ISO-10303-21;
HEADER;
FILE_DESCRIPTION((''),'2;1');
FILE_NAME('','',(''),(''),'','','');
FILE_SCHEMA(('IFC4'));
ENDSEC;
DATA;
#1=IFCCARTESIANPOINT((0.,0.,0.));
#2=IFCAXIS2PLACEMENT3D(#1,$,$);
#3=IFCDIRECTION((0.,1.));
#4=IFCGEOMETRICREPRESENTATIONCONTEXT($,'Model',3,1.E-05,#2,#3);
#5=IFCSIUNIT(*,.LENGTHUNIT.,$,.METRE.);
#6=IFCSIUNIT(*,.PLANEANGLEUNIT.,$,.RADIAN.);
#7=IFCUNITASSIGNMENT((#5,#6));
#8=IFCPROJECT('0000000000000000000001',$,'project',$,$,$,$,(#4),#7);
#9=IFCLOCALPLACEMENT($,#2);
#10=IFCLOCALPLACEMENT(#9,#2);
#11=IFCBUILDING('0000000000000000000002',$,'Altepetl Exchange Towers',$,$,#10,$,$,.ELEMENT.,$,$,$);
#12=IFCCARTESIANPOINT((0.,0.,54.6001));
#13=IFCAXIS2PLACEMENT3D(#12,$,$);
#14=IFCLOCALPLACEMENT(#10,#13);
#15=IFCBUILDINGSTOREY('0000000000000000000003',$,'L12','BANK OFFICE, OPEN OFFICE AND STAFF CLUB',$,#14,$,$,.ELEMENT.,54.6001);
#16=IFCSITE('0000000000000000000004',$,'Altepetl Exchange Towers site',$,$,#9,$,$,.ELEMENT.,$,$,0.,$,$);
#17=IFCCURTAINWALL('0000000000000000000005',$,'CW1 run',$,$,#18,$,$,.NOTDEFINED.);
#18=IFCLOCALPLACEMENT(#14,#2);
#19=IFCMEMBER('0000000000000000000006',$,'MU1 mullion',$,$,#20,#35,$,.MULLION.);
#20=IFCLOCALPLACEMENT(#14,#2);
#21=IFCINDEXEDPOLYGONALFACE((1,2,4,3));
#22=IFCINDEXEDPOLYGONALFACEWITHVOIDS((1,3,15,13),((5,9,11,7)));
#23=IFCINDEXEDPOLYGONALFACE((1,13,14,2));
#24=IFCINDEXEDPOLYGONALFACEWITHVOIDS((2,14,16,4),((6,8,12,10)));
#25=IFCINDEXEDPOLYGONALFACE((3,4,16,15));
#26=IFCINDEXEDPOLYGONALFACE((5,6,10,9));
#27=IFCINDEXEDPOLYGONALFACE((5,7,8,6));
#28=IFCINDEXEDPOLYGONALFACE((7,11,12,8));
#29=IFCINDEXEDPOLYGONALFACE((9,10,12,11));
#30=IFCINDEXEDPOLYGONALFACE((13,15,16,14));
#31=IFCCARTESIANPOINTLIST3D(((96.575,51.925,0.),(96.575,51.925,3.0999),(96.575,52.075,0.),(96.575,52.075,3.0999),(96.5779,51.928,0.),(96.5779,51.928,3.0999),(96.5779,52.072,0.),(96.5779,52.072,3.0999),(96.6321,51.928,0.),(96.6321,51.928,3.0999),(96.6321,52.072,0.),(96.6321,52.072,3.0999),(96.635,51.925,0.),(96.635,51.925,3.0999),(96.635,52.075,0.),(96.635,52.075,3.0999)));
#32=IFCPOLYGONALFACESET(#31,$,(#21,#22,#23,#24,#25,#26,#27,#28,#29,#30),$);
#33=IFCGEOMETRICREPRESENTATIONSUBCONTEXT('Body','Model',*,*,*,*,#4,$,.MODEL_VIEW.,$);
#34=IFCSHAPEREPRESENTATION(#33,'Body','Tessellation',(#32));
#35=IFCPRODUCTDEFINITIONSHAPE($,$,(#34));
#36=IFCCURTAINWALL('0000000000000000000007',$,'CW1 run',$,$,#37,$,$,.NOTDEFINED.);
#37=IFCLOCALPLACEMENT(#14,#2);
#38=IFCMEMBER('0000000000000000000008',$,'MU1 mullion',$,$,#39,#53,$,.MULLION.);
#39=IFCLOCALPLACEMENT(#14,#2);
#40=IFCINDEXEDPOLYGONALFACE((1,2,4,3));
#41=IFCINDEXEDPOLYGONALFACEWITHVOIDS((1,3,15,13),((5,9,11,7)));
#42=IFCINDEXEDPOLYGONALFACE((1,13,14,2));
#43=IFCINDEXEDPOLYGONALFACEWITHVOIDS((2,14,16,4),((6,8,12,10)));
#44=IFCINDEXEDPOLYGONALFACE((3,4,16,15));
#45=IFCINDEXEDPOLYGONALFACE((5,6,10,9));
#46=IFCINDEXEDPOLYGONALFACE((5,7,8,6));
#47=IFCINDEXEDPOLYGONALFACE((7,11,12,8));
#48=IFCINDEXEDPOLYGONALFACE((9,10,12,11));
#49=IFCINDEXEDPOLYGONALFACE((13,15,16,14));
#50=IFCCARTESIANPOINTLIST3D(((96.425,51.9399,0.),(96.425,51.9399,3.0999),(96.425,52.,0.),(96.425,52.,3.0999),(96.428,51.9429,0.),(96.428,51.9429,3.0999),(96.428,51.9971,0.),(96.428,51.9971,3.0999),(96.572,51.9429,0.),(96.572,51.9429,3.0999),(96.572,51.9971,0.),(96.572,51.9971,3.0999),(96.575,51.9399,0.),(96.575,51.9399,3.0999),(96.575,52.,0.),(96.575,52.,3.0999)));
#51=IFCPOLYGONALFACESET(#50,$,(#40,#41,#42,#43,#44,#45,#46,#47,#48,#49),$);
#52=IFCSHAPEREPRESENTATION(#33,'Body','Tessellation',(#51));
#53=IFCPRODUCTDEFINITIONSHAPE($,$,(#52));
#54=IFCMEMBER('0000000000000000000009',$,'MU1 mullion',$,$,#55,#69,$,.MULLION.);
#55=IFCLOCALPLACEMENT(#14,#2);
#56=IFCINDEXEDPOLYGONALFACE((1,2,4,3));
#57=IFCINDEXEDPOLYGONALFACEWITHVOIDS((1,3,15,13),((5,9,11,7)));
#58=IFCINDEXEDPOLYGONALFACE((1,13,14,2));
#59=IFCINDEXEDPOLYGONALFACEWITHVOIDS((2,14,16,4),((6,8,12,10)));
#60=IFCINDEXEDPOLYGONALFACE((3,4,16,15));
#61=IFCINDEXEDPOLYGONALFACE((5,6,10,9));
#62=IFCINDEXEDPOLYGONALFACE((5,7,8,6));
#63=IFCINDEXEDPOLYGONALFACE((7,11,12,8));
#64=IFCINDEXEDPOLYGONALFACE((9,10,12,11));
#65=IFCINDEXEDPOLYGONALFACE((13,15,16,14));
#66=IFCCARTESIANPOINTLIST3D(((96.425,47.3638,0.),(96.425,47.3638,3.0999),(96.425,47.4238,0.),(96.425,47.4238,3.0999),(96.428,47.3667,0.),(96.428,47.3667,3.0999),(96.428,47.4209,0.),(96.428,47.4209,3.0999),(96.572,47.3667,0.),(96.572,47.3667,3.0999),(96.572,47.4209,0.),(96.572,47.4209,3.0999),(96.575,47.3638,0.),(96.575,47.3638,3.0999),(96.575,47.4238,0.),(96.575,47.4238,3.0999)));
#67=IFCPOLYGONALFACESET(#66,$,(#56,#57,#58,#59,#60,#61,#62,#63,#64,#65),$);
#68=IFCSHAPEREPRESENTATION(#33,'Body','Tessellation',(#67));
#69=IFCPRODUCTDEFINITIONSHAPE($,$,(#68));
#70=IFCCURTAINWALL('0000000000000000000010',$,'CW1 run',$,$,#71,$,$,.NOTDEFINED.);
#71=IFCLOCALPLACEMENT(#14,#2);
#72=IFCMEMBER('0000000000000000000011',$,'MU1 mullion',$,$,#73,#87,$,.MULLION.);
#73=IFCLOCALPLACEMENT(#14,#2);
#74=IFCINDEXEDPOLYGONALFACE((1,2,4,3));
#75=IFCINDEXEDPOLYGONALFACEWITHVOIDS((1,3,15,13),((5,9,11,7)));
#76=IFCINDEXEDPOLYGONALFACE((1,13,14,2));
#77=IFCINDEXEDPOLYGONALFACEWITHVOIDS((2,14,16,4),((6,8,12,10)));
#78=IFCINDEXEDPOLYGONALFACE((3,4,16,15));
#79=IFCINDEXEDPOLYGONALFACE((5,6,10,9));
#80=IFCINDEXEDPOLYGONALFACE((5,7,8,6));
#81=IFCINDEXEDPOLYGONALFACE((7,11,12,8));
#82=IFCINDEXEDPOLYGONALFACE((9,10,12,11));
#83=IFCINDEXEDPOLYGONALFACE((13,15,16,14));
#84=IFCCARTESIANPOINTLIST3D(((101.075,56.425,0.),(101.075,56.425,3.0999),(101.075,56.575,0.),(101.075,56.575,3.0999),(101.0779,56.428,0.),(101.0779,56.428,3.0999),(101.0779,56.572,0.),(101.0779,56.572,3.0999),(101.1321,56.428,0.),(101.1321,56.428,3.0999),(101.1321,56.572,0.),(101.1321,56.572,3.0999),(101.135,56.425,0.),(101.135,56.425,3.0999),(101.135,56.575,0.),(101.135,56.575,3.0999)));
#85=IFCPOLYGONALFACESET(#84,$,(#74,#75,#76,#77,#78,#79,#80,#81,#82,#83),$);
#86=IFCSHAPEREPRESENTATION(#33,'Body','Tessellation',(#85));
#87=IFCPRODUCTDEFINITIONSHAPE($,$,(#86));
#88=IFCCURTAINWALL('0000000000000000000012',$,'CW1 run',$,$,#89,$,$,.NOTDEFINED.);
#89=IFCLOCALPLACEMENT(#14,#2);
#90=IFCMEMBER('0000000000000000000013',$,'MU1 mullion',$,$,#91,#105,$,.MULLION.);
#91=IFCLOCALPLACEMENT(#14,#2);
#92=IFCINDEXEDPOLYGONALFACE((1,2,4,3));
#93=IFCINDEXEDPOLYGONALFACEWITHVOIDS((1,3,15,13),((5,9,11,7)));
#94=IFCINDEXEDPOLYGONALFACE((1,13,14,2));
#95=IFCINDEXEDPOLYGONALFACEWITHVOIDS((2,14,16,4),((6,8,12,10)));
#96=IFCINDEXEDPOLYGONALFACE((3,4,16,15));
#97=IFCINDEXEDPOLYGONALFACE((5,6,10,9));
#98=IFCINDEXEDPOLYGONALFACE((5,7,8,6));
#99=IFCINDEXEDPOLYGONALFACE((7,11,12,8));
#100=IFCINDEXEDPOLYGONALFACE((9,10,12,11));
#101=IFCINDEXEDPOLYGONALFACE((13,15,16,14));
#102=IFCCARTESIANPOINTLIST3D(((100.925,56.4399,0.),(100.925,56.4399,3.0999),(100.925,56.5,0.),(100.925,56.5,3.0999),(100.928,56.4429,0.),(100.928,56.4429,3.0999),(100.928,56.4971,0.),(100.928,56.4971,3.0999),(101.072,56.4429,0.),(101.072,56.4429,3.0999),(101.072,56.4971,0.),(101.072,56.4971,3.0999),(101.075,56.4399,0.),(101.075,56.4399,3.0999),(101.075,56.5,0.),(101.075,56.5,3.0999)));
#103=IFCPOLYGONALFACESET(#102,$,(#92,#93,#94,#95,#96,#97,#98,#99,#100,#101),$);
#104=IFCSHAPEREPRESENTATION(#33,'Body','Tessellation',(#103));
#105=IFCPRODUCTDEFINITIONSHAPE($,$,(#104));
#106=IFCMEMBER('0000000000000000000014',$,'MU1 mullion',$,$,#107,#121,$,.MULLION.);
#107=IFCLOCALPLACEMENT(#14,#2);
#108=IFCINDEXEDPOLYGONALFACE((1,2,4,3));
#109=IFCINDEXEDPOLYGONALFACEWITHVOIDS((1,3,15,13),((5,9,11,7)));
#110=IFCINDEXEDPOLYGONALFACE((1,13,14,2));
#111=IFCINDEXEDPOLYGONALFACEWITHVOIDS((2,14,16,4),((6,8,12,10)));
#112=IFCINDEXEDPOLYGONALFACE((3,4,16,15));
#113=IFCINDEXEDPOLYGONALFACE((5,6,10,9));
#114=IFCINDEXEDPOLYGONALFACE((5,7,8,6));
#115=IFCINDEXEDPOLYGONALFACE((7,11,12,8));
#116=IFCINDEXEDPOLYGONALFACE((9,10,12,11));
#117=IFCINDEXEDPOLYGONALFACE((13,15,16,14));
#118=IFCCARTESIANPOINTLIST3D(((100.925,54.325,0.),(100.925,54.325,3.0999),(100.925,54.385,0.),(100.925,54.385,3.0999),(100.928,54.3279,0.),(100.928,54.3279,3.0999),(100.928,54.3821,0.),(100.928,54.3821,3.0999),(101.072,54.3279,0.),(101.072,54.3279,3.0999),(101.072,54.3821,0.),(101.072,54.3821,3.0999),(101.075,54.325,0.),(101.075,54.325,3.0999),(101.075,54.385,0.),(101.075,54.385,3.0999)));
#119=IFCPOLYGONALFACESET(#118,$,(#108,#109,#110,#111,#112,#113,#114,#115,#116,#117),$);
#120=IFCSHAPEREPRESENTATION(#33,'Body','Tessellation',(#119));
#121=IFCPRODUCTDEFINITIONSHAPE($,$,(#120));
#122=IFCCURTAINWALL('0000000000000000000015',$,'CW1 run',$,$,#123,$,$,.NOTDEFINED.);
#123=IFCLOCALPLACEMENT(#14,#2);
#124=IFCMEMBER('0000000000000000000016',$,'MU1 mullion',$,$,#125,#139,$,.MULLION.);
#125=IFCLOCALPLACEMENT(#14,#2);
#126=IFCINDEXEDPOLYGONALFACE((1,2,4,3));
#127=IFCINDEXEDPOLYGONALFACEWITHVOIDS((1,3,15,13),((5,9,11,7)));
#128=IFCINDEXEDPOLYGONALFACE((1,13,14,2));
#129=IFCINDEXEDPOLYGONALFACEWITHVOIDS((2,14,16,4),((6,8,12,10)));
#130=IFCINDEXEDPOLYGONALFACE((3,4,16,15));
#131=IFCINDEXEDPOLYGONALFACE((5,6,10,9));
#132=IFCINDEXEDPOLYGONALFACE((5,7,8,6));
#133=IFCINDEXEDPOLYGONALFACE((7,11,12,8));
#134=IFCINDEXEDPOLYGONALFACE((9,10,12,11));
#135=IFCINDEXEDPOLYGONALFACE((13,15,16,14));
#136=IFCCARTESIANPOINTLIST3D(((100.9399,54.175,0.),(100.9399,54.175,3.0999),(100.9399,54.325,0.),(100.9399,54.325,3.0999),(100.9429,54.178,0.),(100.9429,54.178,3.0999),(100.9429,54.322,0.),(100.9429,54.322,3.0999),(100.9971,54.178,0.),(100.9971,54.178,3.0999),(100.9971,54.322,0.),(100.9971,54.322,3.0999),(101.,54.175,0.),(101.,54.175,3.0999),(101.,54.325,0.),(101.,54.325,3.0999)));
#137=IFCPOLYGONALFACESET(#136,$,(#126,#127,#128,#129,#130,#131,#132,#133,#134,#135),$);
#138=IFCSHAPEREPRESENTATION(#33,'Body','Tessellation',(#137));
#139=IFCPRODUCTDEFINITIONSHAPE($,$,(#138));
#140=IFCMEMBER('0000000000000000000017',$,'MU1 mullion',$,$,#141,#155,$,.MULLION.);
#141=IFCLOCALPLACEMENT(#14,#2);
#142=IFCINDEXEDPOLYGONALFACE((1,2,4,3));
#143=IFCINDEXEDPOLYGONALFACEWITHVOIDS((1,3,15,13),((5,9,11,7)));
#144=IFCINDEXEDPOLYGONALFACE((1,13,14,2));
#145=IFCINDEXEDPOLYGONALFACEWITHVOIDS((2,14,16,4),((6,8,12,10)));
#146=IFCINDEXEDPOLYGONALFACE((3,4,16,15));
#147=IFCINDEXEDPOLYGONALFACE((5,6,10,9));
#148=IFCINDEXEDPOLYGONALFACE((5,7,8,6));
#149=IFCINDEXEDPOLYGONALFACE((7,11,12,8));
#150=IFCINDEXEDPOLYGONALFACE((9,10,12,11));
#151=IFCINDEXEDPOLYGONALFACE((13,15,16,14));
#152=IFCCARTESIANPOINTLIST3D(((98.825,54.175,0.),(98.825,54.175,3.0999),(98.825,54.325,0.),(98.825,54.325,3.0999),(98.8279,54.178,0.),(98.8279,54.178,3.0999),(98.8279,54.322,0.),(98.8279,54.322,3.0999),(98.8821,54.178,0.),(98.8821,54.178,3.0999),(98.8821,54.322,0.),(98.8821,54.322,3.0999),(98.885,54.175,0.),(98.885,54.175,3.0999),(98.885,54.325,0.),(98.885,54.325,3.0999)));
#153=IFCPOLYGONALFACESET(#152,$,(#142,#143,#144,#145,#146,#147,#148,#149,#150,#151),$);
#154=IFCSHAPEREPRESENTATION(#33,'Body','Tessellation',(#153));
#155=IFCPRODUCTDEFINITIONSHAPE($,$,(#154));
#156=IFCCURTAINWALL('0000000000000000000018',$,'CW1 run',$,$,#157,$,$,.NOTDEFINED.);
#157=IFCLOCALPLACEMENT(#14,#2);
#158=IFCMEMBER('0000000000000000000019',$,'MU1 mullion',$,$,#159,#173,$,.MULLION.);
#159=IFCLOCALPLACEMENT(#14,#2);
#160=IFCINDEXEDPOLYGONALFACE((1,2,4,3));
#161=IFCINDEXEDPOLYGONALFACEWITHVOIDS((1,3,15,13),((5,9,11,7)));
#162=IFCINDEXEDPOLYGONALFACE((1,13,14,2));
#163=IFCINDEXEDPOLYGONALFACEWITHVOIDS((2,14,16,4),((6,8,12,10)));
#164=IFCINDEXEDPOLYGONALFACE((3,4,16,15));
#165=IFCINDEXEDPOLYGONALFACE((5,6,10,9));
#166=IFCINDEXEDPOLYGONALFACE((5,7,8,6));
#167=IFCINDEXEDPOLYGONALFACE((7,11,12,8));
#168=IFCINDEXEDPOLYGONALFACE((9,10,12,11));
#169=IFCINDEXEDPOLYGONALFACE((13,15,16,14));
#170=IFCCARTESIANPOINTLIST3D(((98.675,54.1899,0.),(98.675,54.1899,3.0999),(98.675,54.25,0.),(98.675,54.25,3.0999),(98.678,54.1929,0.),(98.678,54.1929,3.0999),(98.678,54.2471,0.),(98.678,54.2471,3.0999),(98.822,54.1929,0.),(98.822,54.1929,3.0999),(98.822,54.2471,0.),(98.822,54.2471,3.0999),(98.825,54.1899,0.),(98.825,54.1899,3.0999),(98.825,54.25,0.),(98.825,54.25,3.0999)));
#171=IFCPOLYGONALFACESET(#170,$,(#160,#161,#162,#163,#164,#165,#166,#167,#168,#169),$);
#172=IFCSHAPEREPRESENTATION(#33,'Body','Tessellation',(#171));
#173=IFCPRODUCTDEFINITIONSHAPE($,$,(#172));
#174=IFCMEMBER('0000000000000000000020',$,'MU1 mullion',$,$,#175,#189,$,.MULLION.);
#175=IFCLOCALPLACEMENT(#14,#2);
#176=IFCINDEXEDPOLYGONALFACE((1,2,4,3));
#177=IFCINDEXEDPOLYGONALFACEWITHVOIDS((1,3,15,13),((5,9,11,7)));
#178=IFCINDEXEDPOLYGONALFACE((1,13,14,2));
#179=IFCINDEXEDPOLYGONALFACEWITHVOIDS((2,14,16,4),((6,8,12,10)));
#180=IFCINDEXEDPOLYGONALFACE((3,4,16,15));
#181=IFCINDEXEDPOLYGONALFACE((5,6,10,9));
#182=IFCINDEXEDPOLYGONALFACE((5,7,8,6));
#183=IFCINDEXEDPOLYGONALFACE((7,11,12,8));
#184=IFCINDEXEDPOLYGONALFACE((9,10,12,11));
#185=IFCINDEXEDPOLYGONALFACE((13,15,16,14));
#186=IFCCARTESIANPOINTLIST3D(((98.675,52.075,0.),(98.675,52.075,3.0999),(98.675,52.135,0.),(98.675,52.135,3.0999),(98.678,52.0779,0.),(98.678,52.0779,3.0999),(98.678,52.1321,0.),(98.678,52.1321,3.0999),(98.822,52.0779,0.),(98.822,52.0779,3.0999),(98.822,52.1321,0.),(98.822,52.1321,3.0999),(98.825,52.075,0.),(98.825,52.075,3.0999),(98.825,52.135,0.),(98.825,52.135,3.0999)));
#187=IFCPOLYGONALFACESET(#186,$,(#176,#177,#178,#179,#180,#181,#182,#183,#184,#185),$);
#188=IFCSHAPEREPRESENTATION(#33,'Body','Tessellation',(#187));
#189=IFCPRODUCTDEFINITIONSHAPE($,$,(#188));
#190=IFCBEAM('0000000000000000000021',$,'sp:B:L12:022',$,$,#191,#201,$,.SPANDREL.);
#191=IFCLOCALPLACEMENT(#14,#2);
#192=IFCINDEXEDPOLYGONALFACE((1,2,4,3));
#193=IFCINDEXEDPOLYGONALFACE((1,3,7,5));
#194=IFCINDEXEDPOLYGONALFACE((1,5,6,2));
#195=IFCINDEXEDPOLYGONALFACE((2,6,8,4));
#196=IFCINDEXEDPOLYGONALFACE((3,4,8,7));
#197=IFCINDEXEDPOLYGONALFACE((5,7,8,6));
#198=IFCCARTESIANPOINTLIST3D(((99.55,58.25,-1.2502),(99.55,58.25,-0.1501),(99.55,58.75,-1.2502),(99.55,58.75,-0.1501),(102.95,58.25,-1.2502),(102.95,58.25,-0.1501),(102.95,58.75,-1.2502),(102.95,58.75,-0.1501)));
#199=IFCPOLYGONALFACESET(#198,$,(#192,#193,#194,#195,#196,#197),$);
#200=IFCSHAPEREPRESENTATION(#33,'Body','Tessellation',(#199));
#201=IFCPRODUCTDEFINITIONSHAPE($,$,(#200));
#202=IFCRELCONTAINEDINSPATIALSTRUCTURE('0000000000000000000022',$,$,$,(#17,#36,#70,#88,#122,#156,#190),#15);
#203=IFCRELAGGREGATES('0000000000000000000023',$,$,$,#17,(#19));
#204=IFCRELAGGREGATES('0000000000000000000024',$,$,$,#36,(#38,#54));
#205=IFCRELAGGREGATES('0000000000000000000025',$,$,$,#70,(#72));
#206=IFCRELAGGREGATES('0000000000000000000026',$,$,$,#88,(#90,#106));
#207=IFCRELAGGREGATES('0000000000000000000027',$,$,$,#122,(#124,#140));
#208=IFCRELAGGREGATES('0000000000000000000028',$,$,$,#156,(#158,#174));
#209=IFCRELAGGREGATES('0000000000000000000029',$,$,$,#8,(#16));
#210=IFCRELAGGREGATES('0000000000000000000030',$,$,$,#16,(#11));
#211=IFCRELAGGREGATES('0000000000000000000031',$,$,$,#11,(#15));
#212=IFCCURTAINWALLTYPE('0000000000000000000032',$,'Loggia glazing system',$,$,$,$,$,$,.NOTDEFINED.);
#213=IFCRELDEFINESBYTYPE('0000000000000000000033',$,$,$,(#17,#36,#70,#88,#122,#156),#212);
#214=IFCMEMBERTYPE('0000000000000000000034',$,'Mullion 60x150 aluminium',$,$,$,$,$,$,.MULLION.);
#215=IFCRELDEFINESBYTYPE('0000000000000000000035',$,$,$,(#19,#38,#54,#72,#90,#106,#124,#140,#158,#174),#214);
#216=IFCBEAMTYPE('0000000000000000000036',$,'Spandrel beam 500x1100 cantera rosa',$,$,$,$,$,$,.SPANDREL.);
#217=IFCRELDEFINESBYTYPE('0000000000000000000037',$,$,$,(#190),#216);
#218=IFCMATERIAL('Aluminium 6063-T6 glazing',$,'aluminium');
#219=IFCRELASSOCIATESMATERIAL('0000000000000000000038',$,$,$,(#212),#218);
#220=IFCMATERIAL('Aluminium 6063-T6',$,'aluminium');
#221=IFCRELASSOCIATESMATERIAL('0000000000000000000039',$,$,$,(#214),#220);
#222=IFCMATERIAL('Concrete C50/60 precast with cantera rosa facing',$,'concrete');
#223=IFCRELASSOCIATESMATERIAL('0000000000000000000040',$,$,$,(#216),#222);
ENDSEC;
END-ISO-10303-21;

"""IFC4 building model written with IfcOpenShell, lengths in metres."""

from ifc_helpers import new_model, si_unit, direction, frame, origin, origin_2d, place, context, subcontext, project, spatial, rectangle, hollow_rectangle, extrude, material, material_profile, profile_set, type_object, element, aggregate, save


model = new_model("IFC4")

# Units and contexts
model_context = context("Model", 3, precision=1e-05, world=origin(), true_north=direction((0.0, 1.0)))
body_context = subcontext(model_context, "Body", "Model", "MODEL_VIEW")
ifc_project = project(units=[si_unit("LENGTHUNIT", "METRE"), si_unit("PLANEANGLEUNIT", "RADIAN")], contexts=[model_context])

# Site, building, storey
site_placement = place(None, origin())
site = spatial("IfcSite", under=ifc_project, at=site_placement, Name="Altepetl Exchange Towers site", CompositionType="ELEMENT", RefElevation=0.0)
building_placement = place(site_placement, origin())
building = spatial("IfcBuilding", under=site, at=building_placement, Name="Altepetl Exchange Towers", CompositionType="ELEMENT")
storey_placement = place(building_placement, frame((0.0, 0.0, 54.6001)))
storey = spatial("IfcBuildingStorey", under=building, at=storey_placement, Name="L12", Description="BANK OFFICE, OPEN OFFICE AND STAFF CLUB", CompositionType="ELEMENT", Elevation=54.6001)

# Curtain walls, members
ifc_material_1 = material(Name="Aluminium 6063-T6 glazing", Category="aluminium")
curtain_wall_type = type_object("IfcCurtainWallType", Name="Loggia glazing system", PredefinedType="NOTDEFINED", material=ifc_material_1)
curtain_wall_1_placement = place(storey_placement, origin())
curtain_wall_1 = element("IfcCurtainWall", 1, at=curtain_wall_1_placement, inside=storey, type_object=curtain_wall_type, Name="CW1 run", PredefinedType="NOTDEFINED")
ifc_material_2 = material(Name="Aluminium 6063-T6", Category="aluminium")
ifc_material_profile_1 = material_profile(ifc_material_2, hollow_rectangle(XDim=0.0601, YDim=0.1499, WallThickness=0.0029, at=origin_2d()), Name="Mullion 60x150 aluminium")
ifc_profile_set_1 = profile_set([ifc_material_profile_1], Name="Aluminium 6063-T6")
member_type = type_object("IfcMemberType", Name="Mullion 60x150 aluminium", PredefinedType="MULLION", material=ifc_profile_set_1)
member_1_placement = place(storey_placement, frame((96.605, 52.0, 0.0), z_axis=(0.0, 0.0, 1.0), x_axis=(-1.0, 0.0, 0.0)))
member_1 = element("IfcMember", 2, at=member_1_placement, type_object=member_type, Name="MU1 mullion", PredefinedType="MULLION", context=body_context, shape_type="SweptSolid", body=[
    extrude(hollow_rectangle(XDim=0.0601, YDim=0.1499, WallThickness=0.0029, at=origin_2d()), origin(), (0.0, 0.0, 1.0), 3.0999),
])
curtain_wall_2_placement = place(storey_placement, origin())
curtain_wall_2 = element("IfcCurtainWall", 3, at=curtain_wall_2_placement, inside=storey, type_object=curtain_wall_type, Name="CW1 run", PredefinedType="NOTDEFINED")
member_2_placement = place(storey_placement, frame((96.5, 51.97, 0.0), z_axis=(0.0, 0.0, 1.0), x_axis=(0.0, -1.0, 0.0)))
member_2 = element("IfcMember", 4, at=member_2_placement, type_object=member_type, Name="MU1 mullion", PredefinedType="MULLION", context=body_context, shape_type="SweptSolid", body=[
    extrude(hollow_rectangle(XDim=0.0601, YDim=0.1499, WallThickness=0.0029, at=origin_2d()), origin(), (0.0, 0.0, 1.0), 3.0999),
])
member_3_placement = place(storey_placement, frame((96.5, 47.3938, 0.0), z_axis=(0.0, 0.0, 1.0), x_axis=(0.0, -1.0, 0.0)))
member_3 = element("IfcMember", 5, at=member_3_placement, type_object=member_type, Name="MU1 mullion", PredefinedType="MULLION", context=body_context, shape_type="SweptSolid", body=[
    extrude(hollow_rectangle(XDim=0.0601, YDim=0.1499, WallThickness=0.0029, at=origin_2d()), origin(), (0.0, 0.0, 1.0), 3.0999),
])

# Curtain wall, member
curtain_wall_3_placement = place(storey_placement, origin())
curtain_wall_3 = element("IfcCurtainWall", 6, at=curtain_wall_3_placement, inside=storey, type_object=curtain_wall_type, Name="CW1 run", PredefinedType="NOTDEFINED")
member_4_placement = place(storey_placement, frame((101.105, 56.5, 0.0), z_axis=(0.0, 0.0, 1.0), x_axis=(-1.0, 0.0, 0.0)))
member_4 = element("IfcMember", 7, at=member_4_placement, type_object=member_type, Name="MU1 mullion", PredefinedType="MULLION", context=body_context, shape_type="SweptSolid", body=[
    extrude(hollow_rectangle(XDim=0.0601, YDim=0.1499, WallThickness=0.0029, at=origin_2d()), origin(), (0.0, 0.0, 1.0), 3.0999),
])

# Curtain walls, members
curtain_wall_4_placement = place(storey_placement, origin())
curtain_wall_4 = element("IfcCurtainWall", 8, at=curtain_wall_4_placement, inside=storey, type_object=curtain_wall_type, Name="CW1 run", PredefinedType="NOTDEFINED")
member_5_placement = place(storey_placement, frame((101.0, 56.47, 0.0), z_axis=(0.0, 0.0, 1.0), x_axis=(0.0, -1.0, 0.0)))
member_5 = element("IfcMember", 9, at=member_5_placement, type_object=member_type, Name="MU1 mullion", PredefinedType="MULLION", context=body_context, shape_type="SweptSolid", body=[
    extrude(hollow_rectangle(XDim=0.0601, YDim=0.1499, WallThickness=0.0029, at=origin_2d()), origin(), (0.0, 0.0, 1.0), 3.0999),
])
member_6_placement = place(storey_placement, frame((101.0, 54.355, 0.0), z_axis=(0.0, 0.0, 1.0), x_axis=(0.0, -1.0, 0.0)))
member_6 = element("IfcMember", 10, at=member_6_placement, type_object=member_type, Name="MU1 mullion", PredefinedType="MULLION", context=body_context, shape_type="SweptSolid", body=[
    extrude(hollow_rectangle(XDim=0.0601, YDim=0.1499, WallThickness=0.0029, at=origin_2d()), origin(), (0.0, 0.0, 1.0), 3.0999),
])
curtain_wall_5_placement = place(storey_placement, origin())
curtain_wall_5 = element("IfcCurtainWall", 11, at=curtain_wall_5_placement, inside=storey, type_object=curtain_wall_type, Name="CW1 run", PredefinedType="NOTDEFINED")
member_7_placement = place(storey_placement, frame((100.97, 54.25, 0.0), z_axis=(0.0, 0.0, 1.0), x_axis=(-1.0, 0.0, 0.0)))
member_7 = element("IfcMember", 12, at=member_7_placement, type_object=member_type, Name="MU1 mullion", PredefinedType="MULLION", context=body_context, shape_type="SweptSolid", body=[
    extrude(hollow_rectangle(XDim=0.0601, YDim=0.1499, WallThickness=0.0029, at=origin_2d()), origin(), (0.0, 0.0, 1.0), 3.0999),
])
member_8_placement = place(storey_placement, frame((98.855, 54.25, 0.0), z_axis=(0.0, 0.0, 1.0), x_axis=(-1.0, 0.0, 0.0)))
member_8 = element("IfcMember", 13, at=member_8_placement, type_object=member_type, Name="MU1 mullion", PredefinedType="MULLION", context=body_context, shape_type="SweptSolid", body=[
    extrude(hollow_rectangle(XDim=0.0601, YDim=0.1499, WallThickness=0.0029, at=origin_2d()), origin(), (0.0, 0.0, 1.0), 3.0999),
])
curtain_wall_6_placement = place(storey_placement, origin())
curtain_wall_6 = element("IfcCurtainWall", 14, at=curtain_wall_6_placement, inside=storey, type_object=curtain_wall_type, Name="CW1 run", PredefinedType="NOTDEFINED")
member_9_placement = place(storey_placement, frame((98.75, 54.22, 0.0), z_axis=(0.0, 0.0, 1.0), x_axis=(0.0, -1.0, 0.0)))
member_9 = element("IfcMember", 15, at=member_9_placement, type_object=member_type, Name="MU1 mullion", PredefinedType="MULLION", context=body_context, shape_type="SweptSolid", body=[
    extrude(hollow_rectangle(XDim=0.0601, YDim=0.1499, WallThickness=0.0029, at=origin_2d()), origin(), (0.0, 0.0, 1.0), 3.0999),
])
member_10_placement = place(storey_placement, frame((98.75, 52.105, 0.0), z_axis=(0.0, 0.0, 1.0), x_axis=(0.0, -1.0, 0.0)))
member_10 = element("IfcMember", 16, at=member_10_placement, type_object=member_type, Name="MU1 mullion", PredefinedType="MULLION", context=body_context, shape_type="SweptSolid", body=[
    extrude(hollow_rectangle(XDim=0.0601, YDim=0.1499, WallThickness=0.0029, at=origin_2d()), origin(), (0.0, 0.0, 1.0), 3.0999),
])

# Beam
ifc_material_3 = material(Name="Concrete C50/60 precast with cantera rosa facing", Category="concrete")
ifc_material_profile_2 = material_profile(ifc_material_3, rectangle(XDim=0.5, YDim=1.1001, at=origin_2d()), Name="500 x 1100")
ifc_profile_set_2 = profile_set([ifc_material_profile_2], Name="Concrete C50/60 precast with cantera rosa facing")
beam_type_1 = type_object("IfcBeamType", Name="Spandrel beam 500x1100 cantera rosa", PredefinedType="SPANDREL", material=ifc_profile_set_2)
beam_1_placement = place(storey_placement, frame((102.95, 58.5, -0.7002), z_axis=(-1.0, 0.0, 0.0), x_axis=(0.0, -1.0, 0.0)))
element("IfcBeam", 17, at=beam_1_placement, inside=storey, type_object=beam_type_1, Name="sp:B:L12:022", PredefinedType="SPANDREL", context=body_context, shape_type="SweptSolid", body=[
    extrude(rectangle(XDim=0.5, YDim=1.1001, at=origin_2d()), origin(), (0.0, 0.0, 1.0), 3.3999),
])

aggregate(curtain_wall_1, [member_1])
aggregate(curtain_wall_2, [member_2, member_3])
aggregate(curtain_wall_3, [member_4])
aggregate(curtain_wall_4, [member_5, member_6])
aggregate(curtain_wall_5, [member_7, member_8])
aggregate(curtain_wall_6, [member_9, member_10])

save(model, "model.ifc")
